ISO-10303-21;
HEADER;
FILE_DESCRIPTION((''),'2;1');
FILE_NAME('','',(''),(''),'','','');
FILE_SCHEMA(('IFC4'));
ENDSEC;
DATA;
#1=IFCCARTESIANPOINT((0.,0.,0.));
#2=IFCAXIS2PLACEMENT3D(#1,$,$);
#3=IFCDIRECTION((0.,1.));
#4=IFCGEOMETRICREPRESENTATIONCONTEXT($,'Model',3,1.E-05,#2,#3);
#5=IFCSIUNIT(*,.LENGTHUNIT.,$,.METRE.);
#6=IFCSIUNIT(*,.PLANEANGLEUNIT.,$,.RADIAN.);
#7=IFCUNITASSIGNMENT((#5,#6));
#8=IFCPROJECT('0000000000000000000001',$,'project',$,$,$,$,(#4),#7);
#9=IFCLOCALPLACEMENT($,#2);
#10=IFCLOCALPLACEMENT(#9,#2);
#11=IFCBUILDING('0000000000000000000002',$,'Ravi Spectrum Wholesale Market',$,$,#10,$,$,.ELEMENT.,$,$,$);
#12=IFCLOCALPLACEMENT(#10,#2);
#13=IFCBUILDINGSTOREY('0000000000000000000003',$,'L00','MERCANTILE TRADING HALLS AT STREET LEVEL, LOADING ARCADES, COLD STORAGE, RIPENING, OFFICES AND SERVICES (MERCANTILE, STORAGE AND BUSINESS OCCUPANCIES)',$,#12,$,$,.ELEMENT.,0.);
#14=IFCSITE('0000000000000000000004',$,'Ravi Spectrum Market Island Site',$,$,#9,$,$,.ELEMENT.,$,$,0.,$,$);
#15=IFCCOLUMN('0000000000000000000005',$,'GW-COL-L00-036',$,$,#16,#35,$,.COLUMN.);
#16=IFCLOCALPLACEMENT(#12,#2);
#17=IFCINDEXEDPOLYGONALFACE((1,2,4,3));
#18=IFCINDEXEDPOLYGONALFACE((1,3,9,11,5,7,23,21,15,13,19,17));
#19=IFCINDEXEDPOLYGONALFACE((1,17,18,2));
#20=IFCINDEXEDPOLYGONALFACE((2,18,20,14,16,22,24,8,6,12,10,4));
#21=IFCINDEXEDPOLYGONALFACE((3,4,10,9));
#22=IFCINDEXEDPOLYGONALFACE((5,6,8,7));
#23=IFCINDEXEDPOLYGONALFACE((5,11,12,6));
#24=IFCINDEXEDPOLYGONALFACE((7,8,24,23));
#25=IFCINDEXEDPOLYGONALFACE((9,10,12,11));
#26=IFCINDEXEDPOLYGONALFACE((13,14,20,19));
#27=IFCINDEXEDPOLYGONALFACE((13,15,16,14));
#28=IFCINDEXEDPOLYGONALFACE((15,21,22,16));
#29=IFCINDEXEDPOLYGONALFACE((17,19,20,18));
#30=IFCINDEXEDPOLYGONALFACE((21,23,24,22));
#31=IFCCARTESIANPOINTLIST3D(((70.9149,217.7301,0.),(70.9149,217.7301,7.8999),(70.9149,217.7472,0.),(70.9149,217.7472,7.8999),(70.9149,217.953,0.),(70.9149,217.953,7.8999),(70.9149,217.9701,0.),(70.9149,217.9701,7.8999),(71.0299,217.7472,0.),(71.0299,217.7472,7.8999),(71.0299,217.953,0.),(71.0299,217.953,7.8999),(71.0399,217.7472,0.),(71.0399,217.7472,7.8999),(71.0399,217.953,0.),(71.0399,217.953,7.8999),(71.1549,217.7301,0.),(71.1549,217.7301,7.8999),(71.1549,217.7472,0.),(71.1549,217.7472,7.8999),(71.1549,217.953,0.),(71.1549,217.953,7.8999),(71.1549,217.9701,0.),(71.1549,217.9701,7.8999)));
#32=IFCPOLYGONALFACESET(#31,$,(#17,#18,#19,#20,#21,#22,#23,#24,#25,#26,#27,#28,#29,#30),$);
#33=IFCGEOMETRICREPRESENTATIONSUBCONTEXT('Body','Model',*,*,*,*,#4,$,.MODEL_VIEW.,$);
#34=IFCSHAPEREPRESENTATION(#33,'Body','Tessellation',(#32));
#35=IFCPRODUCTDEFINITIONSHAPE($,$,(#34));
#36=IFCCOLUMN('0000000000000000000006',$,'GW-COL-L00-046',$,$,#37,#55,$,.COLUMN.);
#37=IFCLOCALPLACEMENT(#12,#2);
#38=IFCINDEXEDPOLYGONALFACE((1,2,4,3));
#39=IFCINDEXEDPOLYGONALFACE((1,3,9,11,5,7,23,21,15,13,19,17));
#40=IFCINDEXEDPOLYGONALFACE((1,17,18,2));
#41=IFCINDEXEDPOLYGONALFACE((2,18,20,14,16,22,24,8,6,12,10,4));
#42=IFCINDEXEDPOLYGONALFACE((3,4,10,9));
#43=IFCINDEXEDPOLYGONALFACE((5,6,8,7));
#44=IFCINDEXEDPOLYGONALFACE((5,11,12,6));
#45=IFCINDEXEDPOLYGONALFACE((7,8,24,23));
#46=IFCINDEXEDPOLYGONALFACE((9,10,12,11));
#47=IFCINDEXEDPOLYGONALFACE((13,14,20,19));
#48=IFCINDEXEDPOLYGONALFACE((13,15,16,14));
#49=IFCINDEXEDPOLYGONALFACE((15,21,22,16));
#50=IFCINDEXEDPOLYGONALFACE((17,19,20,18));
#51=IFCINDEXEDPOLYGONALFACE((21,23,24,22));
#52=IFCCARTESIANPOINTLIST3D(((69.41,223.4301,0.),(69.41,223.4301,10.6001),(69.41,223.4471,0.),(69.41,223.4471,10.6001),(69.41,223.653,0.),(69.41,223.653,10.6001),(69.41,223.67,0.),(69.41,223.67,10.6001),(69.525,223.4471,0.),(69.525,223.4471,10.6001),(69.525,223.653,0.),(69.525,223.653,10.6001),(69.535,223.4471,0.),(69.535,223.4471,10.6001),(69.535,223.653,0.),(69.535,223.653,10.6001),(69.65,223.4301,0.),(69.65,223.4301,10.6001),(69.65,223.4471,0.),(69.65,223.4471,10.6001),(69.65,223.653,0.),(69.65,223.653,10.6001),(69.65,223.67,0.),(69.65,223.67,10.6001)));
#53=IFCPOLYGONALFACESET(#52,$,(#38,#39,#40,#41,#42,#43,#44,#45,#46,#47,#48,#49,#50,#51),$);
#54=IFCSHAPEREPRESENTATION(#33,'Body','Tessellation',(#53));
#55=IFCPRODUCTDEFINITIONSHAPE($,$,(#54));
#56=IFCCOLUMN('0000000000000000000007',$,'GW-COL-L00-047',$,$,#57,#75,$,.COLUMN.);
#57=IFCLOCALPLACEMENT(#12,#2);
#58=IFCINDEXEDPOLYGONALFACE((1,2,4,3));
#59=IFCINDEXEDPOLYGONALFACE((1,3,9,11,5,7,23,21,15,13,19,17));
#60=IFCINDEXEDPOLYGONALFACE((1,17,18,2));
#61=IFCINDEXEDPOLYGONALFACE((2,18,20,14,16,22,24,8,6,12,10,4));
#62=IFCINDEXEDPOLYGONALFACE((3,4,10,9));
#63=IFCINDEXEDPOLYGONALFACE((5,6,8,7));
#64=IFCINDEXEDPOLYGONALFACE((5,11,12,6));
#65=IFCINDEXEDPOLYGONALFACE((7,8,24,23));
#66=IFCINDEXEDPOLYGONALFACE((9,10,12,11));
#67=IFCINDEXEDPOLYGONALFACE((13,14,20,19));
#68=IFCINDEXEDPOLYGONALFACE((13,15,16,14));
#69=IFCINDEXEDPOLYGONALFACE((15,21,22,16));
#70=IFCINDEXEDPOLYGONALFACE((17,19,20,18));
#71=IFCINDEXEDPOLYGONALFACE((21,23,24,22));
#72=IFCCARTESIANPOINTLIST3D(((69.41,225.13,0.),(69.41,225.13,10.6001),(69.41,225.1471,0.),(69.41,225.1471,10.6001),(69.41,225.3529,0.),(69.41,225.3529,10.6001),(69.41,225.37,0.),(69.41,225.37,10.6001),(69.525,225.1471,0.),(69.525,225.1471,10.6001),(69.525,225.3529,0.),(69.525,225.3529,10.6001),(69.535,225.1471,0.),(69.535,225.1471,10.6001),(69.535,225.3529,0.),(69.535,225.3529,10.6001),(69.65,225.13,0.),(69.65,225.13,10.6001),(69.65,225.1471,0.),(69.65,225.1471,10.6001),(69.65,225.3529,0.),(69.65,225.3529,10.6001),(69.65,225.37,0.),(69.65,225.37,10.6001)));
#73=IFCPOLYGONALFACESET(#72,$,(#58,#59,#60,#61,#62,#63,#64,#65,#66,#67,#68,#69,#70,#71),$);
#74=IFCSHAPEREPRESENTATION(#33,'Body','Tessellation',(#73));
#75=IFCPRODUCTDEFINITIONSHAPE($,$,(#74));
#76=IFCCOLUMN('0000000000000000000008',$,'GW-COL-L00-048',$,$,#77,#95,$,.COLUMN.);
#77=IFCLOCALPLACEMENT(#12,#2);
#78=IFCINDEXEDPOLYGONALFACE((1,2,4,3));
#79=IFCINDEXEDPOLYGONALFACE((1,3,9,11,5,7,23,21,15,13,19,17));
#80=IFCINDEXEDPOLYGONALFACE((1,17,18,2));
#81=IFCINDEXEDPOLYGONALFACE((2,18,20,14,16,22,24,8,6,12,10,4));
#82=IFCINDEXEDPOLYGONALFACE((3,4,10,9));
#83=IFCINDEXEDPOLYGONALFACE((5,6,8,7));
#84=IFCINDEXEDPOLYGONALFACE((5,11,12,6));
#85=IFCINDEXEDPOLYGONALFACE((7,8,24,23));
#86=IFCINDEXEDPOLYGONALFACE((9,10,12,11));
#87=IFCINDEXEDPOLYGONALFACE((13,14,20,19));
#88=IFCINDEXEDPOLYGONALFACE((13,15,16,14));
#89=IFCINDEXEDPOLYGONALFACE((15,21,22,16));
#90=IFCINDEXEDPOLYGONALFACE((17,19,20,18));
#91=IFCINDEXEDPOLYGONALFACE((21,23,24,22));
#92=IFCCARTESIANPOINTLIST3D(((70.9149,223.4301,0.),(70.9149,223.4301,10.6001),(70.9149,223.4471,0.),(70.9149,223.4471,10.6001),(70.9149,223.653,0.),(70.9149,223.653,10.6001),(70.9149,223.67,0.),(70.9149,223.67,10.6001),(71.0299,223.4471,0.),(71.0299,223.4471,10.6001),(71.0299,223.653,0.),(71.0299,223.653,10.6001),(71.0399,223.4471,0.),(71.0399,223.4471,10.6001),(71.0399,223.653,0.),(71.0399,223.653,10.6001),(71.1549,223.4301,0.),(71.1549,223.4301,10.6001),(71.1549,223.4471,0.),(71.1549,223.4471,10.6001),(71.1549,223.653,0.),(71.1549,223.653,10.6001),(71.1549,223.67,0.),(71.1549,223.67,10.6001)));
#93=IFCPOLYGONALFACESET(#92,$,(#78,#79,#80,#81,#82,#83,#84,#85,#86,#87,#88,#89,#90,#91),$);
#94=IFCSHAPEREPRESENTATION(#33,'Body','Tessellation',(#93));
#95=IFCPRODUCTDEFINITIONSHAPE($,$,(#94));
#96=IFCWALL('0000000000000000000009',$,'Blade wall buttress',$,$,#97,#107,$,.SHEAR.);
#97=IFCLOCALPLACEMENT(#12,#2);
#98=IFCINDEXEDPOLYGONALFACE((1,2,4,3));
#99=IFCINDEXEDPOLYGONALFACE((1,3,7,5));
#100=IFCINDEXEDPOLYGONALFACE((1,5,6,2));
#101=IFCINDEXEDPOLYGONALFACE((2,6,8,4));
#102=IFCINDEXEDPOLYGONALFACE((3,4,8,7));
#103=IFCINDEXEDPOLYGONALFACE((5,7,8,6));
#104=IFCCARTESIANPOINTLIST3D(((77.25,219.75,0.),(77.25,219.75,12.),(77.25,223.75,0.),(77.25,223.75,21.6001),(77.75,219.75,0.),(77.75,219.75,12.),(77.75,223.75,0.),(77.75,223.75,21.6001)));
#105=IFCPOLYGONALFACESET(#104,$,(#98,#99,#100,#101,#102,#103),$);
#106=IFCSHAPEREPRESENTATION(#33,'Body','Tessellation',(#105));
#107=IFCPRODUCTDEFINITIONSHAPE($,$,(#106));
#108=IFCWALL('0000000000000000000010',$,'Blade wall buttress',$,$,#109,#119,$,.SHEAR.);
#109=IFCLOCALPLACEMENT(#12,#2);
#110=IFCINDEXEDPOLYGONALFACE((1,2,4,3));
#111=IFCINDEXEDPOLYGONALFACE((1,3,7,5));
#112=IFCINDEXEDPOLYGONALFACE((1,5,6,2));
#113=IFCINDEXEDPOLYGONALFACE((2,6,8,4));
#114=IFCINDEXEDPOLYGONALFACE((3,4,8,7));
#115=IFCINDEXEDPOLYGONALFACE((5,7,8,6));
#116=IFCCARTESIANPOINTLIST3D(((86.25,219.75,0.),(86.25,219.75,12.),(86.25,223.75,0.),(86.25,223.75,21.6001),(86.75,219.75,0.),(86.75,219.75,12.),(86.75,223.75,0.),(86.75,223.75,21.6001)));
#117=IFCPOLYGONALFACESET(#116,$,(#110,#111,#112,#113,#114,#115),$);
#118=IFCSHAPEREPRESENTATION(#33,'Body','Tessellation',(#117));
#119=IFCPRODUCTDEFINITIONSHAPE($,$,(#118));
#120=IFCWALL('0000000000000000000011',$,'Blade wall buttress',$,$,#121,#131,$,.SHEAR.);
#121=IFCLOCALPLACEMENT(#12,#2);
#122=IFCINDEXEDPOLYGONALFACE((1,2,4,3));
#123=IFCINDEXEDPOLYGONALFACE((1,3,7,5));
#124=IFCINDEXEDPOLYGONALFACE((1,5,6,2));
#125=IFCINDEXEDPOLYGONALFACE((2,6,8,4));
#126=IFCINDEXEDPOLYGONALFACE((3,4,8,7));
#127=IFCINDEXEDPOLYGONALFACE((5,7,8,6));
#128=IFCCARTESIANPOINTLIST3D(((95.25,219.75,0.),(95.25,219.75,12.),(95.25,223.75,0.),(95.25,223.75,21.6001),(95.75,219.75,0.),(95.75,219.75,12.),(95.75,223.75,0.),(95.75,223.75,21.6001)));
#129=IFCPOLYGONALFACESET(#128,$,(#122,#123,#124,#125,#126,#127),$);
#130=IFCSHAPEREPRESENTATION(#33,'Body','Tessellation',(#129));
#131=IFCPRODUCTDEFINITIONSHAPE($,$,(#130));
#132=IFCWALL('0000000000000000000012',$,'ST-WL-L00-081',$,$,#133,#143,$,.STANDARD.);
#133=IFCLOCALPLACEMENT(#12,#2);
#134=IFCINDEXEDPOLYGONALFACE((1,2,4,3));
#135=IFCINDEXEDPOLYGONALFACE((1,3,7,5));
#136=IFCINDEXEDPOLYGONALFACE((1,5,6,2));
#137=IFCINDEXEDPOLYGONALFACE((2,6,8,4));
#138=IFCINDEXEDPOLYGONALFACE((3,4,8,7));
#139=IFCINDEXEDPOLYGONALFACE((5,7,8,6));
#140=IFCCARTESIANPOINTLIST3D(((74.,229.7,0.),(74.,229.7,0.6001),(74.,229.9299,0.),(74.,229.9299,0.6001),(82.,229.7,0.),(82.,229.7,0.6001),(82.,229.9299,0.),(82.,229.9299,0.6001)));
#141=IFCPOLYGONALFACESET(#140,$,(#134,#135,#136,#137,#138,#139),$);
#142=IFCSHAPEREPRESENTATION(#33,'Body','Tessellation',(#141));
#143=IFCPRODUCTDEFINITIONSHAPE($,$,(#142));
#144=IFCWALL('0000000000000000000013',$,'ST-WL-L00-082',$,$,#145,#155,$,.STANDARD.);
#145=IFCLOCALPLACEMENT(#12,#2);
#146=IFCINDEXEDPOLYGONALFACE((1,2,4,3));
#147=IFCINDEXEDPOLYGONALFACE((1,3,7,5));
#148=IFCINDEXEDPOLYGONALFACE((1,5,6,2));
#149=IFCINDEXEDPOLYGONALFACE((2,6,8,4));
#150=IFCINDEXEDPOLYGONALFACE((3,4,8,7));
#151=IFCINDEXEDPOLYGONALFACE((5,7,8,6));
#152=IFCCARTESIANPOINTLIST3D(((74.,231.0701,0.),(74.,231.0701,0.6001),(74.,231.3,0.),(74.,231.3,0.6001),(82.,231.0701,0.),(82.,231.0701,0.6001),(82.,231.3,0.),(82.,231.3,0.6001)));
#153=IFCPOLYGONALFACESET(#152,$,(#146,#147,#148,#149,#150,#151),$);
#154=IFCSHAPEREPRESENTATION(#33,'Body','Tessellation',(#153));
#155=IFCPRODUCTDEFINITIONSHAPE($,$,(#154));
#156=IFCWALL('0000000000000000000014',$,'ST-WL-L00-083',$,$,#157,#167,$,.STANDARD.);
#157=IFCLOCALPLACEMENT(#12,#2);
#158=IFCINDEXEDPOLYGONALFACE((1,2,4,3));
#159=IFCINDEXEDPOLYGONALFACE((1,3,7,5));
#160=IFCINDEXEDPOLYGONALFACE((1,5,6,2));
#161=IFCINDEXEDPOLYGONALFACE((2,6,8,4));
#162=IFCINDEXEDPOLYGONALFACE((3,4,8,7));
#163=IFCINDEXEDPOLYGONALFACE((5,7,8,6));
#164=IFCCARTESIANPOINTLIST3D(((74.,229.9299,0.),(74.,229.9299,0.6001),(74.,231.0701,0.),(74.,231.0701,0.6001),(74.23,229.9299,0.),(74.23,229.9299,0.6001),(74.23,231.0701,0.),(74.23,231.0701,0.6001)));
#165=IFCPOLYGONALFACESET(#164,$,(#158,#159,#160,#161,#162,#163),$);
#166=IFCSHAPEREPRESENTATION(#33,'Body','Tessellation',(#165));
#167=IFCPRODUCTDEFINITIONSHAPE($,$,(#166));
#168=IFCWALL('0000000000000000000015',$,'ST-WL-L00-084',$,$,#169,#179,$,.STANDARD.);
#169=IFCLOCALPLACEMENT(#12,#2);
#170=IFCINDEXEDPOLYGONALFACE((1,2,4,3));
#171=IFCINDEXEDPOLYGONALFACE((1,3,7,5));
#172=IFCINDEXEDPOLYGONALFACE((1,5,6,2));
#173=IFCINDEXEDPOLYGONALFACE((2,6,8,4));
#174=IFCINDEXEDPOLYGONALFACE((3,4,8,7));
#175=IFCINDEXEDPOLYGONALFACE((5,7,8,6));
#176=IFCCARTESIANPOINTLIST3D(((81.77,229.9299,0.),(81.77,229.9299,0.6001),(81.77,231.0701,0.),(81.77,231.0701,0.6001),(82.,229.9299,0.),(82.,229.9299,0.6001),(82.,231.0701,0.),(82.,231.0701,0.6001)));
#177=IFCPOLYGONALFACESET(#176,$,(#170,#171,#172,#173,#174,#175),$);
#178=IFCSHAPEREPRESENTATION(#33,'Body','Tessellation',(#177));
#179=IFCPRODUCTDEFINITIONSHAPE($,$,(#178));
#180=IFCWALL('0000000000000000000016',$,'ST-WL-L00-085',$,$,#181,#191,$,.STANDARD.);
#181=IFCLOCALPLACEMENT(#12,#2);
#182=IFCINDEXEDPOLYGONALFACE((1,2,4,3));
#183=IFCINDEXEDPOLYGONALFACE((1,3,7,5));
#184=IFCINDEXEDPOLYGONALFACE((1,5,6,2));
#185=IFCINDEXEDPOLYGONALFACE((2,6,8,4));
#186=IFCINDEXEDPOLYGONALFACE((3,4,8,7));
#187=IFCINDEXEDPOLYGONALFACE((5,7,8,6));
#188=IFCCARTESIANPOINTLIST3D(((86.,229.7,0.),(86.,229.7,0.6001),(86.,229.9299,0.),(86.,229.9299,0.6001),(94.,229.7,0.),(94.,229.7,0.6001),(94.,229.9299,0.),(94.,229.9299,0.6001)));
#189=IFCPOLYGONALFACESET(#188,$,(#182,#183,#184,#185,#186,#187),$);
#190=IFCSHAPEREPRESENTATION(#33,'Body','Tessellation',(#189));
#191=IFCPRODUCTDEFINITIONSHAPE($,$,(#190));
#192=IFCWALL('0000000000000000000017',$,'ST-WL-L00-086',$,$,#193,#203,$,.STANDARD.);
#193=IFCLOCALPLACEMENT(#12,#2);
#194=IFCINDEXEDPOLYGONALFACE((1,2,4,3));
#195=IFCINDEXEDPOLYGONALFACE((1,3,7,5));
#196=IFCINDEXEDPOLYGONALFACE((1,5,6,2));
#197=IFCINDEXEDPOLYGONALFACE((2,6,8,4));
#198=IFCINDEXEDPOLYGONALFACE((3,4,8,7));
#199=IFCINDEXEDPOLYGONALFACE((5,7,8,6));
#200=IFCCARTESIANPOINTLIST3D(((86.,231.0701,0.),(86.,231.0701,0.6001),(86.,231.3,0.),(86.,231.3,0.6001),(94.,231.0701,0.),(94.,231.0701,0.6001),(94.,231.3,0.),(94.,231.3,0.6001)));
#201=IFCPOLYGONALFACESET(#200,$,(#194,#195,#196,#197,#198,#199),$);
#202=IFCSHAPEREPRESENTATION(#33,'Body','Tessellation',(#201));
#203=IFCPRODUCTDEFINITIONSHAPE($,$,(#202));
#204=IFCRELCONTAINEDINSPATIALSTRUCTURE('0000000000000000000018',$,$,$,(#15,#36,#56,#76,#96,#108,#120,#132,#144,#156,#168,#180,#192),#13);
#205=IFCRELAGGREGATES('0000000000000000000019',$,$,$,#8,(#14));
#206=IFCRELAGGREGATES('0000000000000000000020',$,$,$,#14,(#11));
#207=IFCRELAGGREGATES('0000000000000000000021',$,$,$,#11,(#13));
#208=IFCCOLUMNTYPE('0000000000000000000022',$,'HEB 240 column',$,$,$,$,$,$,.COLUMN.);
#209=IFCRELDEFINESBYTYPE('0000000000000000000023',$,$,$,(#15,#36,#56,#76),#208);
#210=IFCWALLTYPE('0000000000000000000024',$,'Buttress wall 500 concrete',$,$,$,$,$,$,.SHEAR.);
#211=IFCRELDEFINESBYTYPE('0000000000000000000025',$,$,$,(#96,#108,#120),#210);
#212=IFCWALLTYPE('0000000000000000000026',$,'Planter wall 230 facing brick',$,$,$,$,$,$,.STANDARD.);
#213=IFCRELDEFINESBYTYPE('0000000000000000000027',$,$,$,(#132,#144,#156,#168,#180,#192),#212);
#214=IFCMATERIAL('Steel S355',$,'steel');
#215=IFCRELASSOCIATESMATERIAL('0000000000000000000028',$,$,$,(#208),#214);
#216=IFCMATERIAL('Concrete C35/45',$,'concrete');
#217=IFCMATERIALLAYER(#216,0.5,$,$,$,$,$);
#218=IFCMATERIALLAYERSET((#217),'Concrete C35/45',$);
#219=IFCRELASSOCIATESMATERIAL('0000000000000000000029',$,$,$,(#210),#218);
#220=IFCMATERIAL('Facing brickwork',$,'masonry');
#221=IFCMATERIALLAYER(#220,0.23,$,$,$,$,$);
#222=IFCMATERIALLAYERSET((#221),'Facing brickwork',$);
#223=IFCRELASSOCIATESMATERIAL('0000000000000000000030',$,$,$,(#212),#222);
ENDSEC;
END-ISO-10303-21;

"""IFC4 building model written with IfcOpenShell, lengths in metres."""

from ifc_helpers import new_model, si_unit, direction, frame, frame_2d, origin, origin_2d, place, context, subcontext, project, spatial, polyline, rectangle, i_section, outline, extrude, material, layer, layer_set, material_profile, profile_set, type_object, element, save


model = new_model("IFC4")

# Units and contexts
model_context = context("Model", 3, precision=1e-05, world=origin(), true_north=direction((0.0, 1.0)))
body_context = subcontext(model_context, "Body", "Model", "MODEL_VIEW")
ifc_project = project(units=[si_unit("LENGTHUNIT", "METRE"), si_unit("PLANEANGLEUNIT", "RADIAN")], contexts=[model_context])

# Site, building, storey
site_placement = place(None, origin())
site = spatial("IfcSite", under=ifc_project, at=site_placement, Name="Ravi Spectrum Market Island Site", CompositionType="ELEMENT", RefElevation=0.0)
building_placement = place(site_placement, origin())
building = spatial("IfcBuilding", under=site, at=building_placement, Name="Ravi Spectrum Wholesale Market", CompositionType="ELEMENT")
storey_placement = place(building_placement, origin())
storey = spatial("IfcBuildingStorey", under=building, at=storey_placement, Name="L00", Description="MERCANTILE TRADING HALLS AT STREET LEVEL, LOADING ARCADES, COLD STORAGE, RIPENING, OFFICES AND SERVICES (MERCANTILE, STORAGE AND BUSINESS OCCUPANCIES)", CompositionType="ELEMENT", Elevation=0.0)

# Columns
ifc_material_1 = material(Name="Steel S355", Category="steel")
ifc_material_profile = material_profile(ifc_material_1, i_section(OverallWidth=0.24, OverallDepth=0.24, WebThickness=0.01, FlangeThickness=0.0171, at=origin_2d()))
ifc_profile_set = profile_set([ifc_material_profile], Name="Steel S355")
column_type = type_object("IfcColumnType", Name="HEB 240 column", PredefinedType="COLUMN", material=ifc_profile_set)
for number, where, z_axis, x_axis, name in (
    (1, (71.0349, 217.8501, 0.0), (0.0, 0.0, 1.0), (1.0, 0.0, 0.0), "GW-COL-L00-036"),
):
    element("IfcColumn", number, at=place(storey_placement, frame(where, z_axis=z_axis, x_axis=x_axis)), inside=storey, type_object=column_type, Name=name, PredefinedType="COLUMN", context=body_context, shape_type="SweptSolid", body=[
        extrude(i_section(OverallWidth=0.24, OverallDepth=0.24, WebThickness=0.01, FlangeThickness=0.0171, at=origin_2d()), origin(), (0.0, 0.0, 1.0), 7.8999),
    ])
for number, where, z_axis, x_axis, name in (
    (2, (69.53, 223.55, 0.0), (0.0, 0.0, 1.0), (1.0, 0.0, 0.0), "GW-COL-L00-046"),
    (3, (69.53, 225.25, 0.0), (0.0, 0.0, 1.0), (1.0, 0.0, 0.0), "GW-COL-L00-047"),
    (4, (71.0349, 223.55, 0.0), (0.0, 0.0, 1.0), (1.0, 0.0, 0.0), "GW-COL-L00-048"),
):
    element("IfcColumn", number, at=place(storey_placement, frame(where, z_axis=z_axis, x_axis=x_axis)), inside=storey, type_object=column_type, Name=name, PredefinedType="COLUMN", context=body_context, shape_type="SweptSolid", body=[
        extrude(i_section(OverallWidth=0.24, OverallDepth=0.24, WebThickness=0.01, FlangeThickness=0.0171, at=origin_2d()), origin(), (0.0, 0.0, 1.0), 10.6001),
    ])

# Walls
ifc_material_2 = material(Name="Concrete C35/45", Category="concrete")
ifc_layer_1 = layer(ifc_material_2, 0.5)
ifc_layer_set_1 = layer_set([ifc_layer_1], Name="Concrete C35/45")
wall_type_1 = type_object("IfcWallType", Name="Buttress wall 500 concrete", PredefinedType="SHEAR", material=ifc_layer_set_1)
for number, where, z_axis, x_axis, name in (
    (5, (77.5, 223.75, 0.0), (0.0, 0.0, 1.0), (0.0, -1.0, 0.0), "Blade wall buttress"),
    (6, (86.5, 223.75, 0.0), (0.0, 0.0, 1.0), (0.0, -1.0, 0.0), "Blade wall buttress"),
    (7, (95.5, 223.75, 0.0), (0.0, 0.0, 1.0), (0.0, -1.0, 0.0), "Blade wall buttress"),
):
    element("IfcWall", number, at=place(storey_placement, frame(where, z_axis=z_axis, x_axis=x_axis)), inside=storey, type_object=wall_type_1, Name=name, PredefinedType="SHEAR", context=body_context, shape_type="SweptSolid", body=[
        extrude(outline(polyline([(0.0, 0.0), (4.0, 0.0), (4.0, 12.0), (0.0, 21.6001), (0.0, 0.0)])), frame((0.0, 0.25, 0.0), z_axis=(0.0, -1.0, 0.0), x_axis=(1.0, 0.0, 0.0)), (0.0, 0.0, 1.0), 0.5),
    ])
ifc_material_3 = material(Name="Facing brickwork", Category="masonry")
ifc_layer_2 = layer(ifc_material_3, 0.23)
ifc_layer_set_2 = layer_set([ifc_layer_2], Name="Facing brickwork")
wall_type_2 = type_object("IfcWallType", Name="Planter wall 230 facing brick", PredefinedType="STANDARD", material=ifc_layer_set_2)
for number, where, z_axis, x_axis, name in (
    (8, (74.0, 229.8149, 0.0), (0.0, 0.0, 1.0), (1.0, 0.0, 0.0), "ST-WL-L00-081"),
    (9, (74.0, 231.1851, 0.0), (0.0, 0.0, 1.0), (1.0, 0.0, 0.0), "ST-WL-L00-082"),
):
    element("IfcWall", number, at=place(storey_placement, frame(where, z_axis=z_axis, x_axis=x_axis)), inside=storey, type_object=wall_type_2, Name=name, PredefinedType="STANDARD", context=body_context, shape_type="SweptSolid", body=[
        extrude(rectangle(XDim=8.0, YDim=0.23, at=frame_2d((4.0, 0.0))), origin(), (0.0, 0.0, 1.0), 0.6001),
    ])
for number, where, z_axis, x_axis, name in (
    (10, (74.115, 229.9299, 0.0), (0.0, 0.0, 1.0), (0.0, 1.0, 0.0), "ST-WL-L00-083"),
    (11, (81.885, 229.9299, 0.0), (0.0, 0.0, 1.0), (0.0, 1.0, 0.0), "ST-WL-L00-084"),
):
    element("IfcWall", number, at=place(storey_placement, frame(where, z_axis=z_axis, x_axis=x_axis)), inside=storey, type_object=wall_type_2, Name=name, PredefinedType="STANDARD", context=body_context, shape_type="SweptSolid", body=[
        extrude(rectangle(XDim=1.1401, YDim=0.23, at=frame_2d((0.5701, 0.0))), origin(), (0.0, 0.0, 1.0), 0.6001),
    ])
for number, where, z_axis, x_axis, name in (
    (12, (86.0, 229.8149, 0.0), (0.0, 0.0, 1.0), (1.0, 0.0, 0.0), "ST-WL-L00-085"),
    (13, (86.0, 231.1851, 0.0), (0.0, 0.0, 1.0), (1.0, 0.0, 0.0), "ST-WL-L00-086"),
):
    element("IfcWall", number, at=place(storey_placement, frame(where, z_axis=z_axis, x_axis=x_axis)), inside=storey, type_object=wall_type_2, Name=name, PredefinedType="STANDARD", context=body_context, shape_type="SweptSolid", body=[
        extrude(rectangle(XDim=8.0, YDim=0.23, at=frame_2d((4.0, 0.0))), origin(), (0.0, 0.0, 1.0), 0.6001),
    ])

save(model, "model.ifc")
